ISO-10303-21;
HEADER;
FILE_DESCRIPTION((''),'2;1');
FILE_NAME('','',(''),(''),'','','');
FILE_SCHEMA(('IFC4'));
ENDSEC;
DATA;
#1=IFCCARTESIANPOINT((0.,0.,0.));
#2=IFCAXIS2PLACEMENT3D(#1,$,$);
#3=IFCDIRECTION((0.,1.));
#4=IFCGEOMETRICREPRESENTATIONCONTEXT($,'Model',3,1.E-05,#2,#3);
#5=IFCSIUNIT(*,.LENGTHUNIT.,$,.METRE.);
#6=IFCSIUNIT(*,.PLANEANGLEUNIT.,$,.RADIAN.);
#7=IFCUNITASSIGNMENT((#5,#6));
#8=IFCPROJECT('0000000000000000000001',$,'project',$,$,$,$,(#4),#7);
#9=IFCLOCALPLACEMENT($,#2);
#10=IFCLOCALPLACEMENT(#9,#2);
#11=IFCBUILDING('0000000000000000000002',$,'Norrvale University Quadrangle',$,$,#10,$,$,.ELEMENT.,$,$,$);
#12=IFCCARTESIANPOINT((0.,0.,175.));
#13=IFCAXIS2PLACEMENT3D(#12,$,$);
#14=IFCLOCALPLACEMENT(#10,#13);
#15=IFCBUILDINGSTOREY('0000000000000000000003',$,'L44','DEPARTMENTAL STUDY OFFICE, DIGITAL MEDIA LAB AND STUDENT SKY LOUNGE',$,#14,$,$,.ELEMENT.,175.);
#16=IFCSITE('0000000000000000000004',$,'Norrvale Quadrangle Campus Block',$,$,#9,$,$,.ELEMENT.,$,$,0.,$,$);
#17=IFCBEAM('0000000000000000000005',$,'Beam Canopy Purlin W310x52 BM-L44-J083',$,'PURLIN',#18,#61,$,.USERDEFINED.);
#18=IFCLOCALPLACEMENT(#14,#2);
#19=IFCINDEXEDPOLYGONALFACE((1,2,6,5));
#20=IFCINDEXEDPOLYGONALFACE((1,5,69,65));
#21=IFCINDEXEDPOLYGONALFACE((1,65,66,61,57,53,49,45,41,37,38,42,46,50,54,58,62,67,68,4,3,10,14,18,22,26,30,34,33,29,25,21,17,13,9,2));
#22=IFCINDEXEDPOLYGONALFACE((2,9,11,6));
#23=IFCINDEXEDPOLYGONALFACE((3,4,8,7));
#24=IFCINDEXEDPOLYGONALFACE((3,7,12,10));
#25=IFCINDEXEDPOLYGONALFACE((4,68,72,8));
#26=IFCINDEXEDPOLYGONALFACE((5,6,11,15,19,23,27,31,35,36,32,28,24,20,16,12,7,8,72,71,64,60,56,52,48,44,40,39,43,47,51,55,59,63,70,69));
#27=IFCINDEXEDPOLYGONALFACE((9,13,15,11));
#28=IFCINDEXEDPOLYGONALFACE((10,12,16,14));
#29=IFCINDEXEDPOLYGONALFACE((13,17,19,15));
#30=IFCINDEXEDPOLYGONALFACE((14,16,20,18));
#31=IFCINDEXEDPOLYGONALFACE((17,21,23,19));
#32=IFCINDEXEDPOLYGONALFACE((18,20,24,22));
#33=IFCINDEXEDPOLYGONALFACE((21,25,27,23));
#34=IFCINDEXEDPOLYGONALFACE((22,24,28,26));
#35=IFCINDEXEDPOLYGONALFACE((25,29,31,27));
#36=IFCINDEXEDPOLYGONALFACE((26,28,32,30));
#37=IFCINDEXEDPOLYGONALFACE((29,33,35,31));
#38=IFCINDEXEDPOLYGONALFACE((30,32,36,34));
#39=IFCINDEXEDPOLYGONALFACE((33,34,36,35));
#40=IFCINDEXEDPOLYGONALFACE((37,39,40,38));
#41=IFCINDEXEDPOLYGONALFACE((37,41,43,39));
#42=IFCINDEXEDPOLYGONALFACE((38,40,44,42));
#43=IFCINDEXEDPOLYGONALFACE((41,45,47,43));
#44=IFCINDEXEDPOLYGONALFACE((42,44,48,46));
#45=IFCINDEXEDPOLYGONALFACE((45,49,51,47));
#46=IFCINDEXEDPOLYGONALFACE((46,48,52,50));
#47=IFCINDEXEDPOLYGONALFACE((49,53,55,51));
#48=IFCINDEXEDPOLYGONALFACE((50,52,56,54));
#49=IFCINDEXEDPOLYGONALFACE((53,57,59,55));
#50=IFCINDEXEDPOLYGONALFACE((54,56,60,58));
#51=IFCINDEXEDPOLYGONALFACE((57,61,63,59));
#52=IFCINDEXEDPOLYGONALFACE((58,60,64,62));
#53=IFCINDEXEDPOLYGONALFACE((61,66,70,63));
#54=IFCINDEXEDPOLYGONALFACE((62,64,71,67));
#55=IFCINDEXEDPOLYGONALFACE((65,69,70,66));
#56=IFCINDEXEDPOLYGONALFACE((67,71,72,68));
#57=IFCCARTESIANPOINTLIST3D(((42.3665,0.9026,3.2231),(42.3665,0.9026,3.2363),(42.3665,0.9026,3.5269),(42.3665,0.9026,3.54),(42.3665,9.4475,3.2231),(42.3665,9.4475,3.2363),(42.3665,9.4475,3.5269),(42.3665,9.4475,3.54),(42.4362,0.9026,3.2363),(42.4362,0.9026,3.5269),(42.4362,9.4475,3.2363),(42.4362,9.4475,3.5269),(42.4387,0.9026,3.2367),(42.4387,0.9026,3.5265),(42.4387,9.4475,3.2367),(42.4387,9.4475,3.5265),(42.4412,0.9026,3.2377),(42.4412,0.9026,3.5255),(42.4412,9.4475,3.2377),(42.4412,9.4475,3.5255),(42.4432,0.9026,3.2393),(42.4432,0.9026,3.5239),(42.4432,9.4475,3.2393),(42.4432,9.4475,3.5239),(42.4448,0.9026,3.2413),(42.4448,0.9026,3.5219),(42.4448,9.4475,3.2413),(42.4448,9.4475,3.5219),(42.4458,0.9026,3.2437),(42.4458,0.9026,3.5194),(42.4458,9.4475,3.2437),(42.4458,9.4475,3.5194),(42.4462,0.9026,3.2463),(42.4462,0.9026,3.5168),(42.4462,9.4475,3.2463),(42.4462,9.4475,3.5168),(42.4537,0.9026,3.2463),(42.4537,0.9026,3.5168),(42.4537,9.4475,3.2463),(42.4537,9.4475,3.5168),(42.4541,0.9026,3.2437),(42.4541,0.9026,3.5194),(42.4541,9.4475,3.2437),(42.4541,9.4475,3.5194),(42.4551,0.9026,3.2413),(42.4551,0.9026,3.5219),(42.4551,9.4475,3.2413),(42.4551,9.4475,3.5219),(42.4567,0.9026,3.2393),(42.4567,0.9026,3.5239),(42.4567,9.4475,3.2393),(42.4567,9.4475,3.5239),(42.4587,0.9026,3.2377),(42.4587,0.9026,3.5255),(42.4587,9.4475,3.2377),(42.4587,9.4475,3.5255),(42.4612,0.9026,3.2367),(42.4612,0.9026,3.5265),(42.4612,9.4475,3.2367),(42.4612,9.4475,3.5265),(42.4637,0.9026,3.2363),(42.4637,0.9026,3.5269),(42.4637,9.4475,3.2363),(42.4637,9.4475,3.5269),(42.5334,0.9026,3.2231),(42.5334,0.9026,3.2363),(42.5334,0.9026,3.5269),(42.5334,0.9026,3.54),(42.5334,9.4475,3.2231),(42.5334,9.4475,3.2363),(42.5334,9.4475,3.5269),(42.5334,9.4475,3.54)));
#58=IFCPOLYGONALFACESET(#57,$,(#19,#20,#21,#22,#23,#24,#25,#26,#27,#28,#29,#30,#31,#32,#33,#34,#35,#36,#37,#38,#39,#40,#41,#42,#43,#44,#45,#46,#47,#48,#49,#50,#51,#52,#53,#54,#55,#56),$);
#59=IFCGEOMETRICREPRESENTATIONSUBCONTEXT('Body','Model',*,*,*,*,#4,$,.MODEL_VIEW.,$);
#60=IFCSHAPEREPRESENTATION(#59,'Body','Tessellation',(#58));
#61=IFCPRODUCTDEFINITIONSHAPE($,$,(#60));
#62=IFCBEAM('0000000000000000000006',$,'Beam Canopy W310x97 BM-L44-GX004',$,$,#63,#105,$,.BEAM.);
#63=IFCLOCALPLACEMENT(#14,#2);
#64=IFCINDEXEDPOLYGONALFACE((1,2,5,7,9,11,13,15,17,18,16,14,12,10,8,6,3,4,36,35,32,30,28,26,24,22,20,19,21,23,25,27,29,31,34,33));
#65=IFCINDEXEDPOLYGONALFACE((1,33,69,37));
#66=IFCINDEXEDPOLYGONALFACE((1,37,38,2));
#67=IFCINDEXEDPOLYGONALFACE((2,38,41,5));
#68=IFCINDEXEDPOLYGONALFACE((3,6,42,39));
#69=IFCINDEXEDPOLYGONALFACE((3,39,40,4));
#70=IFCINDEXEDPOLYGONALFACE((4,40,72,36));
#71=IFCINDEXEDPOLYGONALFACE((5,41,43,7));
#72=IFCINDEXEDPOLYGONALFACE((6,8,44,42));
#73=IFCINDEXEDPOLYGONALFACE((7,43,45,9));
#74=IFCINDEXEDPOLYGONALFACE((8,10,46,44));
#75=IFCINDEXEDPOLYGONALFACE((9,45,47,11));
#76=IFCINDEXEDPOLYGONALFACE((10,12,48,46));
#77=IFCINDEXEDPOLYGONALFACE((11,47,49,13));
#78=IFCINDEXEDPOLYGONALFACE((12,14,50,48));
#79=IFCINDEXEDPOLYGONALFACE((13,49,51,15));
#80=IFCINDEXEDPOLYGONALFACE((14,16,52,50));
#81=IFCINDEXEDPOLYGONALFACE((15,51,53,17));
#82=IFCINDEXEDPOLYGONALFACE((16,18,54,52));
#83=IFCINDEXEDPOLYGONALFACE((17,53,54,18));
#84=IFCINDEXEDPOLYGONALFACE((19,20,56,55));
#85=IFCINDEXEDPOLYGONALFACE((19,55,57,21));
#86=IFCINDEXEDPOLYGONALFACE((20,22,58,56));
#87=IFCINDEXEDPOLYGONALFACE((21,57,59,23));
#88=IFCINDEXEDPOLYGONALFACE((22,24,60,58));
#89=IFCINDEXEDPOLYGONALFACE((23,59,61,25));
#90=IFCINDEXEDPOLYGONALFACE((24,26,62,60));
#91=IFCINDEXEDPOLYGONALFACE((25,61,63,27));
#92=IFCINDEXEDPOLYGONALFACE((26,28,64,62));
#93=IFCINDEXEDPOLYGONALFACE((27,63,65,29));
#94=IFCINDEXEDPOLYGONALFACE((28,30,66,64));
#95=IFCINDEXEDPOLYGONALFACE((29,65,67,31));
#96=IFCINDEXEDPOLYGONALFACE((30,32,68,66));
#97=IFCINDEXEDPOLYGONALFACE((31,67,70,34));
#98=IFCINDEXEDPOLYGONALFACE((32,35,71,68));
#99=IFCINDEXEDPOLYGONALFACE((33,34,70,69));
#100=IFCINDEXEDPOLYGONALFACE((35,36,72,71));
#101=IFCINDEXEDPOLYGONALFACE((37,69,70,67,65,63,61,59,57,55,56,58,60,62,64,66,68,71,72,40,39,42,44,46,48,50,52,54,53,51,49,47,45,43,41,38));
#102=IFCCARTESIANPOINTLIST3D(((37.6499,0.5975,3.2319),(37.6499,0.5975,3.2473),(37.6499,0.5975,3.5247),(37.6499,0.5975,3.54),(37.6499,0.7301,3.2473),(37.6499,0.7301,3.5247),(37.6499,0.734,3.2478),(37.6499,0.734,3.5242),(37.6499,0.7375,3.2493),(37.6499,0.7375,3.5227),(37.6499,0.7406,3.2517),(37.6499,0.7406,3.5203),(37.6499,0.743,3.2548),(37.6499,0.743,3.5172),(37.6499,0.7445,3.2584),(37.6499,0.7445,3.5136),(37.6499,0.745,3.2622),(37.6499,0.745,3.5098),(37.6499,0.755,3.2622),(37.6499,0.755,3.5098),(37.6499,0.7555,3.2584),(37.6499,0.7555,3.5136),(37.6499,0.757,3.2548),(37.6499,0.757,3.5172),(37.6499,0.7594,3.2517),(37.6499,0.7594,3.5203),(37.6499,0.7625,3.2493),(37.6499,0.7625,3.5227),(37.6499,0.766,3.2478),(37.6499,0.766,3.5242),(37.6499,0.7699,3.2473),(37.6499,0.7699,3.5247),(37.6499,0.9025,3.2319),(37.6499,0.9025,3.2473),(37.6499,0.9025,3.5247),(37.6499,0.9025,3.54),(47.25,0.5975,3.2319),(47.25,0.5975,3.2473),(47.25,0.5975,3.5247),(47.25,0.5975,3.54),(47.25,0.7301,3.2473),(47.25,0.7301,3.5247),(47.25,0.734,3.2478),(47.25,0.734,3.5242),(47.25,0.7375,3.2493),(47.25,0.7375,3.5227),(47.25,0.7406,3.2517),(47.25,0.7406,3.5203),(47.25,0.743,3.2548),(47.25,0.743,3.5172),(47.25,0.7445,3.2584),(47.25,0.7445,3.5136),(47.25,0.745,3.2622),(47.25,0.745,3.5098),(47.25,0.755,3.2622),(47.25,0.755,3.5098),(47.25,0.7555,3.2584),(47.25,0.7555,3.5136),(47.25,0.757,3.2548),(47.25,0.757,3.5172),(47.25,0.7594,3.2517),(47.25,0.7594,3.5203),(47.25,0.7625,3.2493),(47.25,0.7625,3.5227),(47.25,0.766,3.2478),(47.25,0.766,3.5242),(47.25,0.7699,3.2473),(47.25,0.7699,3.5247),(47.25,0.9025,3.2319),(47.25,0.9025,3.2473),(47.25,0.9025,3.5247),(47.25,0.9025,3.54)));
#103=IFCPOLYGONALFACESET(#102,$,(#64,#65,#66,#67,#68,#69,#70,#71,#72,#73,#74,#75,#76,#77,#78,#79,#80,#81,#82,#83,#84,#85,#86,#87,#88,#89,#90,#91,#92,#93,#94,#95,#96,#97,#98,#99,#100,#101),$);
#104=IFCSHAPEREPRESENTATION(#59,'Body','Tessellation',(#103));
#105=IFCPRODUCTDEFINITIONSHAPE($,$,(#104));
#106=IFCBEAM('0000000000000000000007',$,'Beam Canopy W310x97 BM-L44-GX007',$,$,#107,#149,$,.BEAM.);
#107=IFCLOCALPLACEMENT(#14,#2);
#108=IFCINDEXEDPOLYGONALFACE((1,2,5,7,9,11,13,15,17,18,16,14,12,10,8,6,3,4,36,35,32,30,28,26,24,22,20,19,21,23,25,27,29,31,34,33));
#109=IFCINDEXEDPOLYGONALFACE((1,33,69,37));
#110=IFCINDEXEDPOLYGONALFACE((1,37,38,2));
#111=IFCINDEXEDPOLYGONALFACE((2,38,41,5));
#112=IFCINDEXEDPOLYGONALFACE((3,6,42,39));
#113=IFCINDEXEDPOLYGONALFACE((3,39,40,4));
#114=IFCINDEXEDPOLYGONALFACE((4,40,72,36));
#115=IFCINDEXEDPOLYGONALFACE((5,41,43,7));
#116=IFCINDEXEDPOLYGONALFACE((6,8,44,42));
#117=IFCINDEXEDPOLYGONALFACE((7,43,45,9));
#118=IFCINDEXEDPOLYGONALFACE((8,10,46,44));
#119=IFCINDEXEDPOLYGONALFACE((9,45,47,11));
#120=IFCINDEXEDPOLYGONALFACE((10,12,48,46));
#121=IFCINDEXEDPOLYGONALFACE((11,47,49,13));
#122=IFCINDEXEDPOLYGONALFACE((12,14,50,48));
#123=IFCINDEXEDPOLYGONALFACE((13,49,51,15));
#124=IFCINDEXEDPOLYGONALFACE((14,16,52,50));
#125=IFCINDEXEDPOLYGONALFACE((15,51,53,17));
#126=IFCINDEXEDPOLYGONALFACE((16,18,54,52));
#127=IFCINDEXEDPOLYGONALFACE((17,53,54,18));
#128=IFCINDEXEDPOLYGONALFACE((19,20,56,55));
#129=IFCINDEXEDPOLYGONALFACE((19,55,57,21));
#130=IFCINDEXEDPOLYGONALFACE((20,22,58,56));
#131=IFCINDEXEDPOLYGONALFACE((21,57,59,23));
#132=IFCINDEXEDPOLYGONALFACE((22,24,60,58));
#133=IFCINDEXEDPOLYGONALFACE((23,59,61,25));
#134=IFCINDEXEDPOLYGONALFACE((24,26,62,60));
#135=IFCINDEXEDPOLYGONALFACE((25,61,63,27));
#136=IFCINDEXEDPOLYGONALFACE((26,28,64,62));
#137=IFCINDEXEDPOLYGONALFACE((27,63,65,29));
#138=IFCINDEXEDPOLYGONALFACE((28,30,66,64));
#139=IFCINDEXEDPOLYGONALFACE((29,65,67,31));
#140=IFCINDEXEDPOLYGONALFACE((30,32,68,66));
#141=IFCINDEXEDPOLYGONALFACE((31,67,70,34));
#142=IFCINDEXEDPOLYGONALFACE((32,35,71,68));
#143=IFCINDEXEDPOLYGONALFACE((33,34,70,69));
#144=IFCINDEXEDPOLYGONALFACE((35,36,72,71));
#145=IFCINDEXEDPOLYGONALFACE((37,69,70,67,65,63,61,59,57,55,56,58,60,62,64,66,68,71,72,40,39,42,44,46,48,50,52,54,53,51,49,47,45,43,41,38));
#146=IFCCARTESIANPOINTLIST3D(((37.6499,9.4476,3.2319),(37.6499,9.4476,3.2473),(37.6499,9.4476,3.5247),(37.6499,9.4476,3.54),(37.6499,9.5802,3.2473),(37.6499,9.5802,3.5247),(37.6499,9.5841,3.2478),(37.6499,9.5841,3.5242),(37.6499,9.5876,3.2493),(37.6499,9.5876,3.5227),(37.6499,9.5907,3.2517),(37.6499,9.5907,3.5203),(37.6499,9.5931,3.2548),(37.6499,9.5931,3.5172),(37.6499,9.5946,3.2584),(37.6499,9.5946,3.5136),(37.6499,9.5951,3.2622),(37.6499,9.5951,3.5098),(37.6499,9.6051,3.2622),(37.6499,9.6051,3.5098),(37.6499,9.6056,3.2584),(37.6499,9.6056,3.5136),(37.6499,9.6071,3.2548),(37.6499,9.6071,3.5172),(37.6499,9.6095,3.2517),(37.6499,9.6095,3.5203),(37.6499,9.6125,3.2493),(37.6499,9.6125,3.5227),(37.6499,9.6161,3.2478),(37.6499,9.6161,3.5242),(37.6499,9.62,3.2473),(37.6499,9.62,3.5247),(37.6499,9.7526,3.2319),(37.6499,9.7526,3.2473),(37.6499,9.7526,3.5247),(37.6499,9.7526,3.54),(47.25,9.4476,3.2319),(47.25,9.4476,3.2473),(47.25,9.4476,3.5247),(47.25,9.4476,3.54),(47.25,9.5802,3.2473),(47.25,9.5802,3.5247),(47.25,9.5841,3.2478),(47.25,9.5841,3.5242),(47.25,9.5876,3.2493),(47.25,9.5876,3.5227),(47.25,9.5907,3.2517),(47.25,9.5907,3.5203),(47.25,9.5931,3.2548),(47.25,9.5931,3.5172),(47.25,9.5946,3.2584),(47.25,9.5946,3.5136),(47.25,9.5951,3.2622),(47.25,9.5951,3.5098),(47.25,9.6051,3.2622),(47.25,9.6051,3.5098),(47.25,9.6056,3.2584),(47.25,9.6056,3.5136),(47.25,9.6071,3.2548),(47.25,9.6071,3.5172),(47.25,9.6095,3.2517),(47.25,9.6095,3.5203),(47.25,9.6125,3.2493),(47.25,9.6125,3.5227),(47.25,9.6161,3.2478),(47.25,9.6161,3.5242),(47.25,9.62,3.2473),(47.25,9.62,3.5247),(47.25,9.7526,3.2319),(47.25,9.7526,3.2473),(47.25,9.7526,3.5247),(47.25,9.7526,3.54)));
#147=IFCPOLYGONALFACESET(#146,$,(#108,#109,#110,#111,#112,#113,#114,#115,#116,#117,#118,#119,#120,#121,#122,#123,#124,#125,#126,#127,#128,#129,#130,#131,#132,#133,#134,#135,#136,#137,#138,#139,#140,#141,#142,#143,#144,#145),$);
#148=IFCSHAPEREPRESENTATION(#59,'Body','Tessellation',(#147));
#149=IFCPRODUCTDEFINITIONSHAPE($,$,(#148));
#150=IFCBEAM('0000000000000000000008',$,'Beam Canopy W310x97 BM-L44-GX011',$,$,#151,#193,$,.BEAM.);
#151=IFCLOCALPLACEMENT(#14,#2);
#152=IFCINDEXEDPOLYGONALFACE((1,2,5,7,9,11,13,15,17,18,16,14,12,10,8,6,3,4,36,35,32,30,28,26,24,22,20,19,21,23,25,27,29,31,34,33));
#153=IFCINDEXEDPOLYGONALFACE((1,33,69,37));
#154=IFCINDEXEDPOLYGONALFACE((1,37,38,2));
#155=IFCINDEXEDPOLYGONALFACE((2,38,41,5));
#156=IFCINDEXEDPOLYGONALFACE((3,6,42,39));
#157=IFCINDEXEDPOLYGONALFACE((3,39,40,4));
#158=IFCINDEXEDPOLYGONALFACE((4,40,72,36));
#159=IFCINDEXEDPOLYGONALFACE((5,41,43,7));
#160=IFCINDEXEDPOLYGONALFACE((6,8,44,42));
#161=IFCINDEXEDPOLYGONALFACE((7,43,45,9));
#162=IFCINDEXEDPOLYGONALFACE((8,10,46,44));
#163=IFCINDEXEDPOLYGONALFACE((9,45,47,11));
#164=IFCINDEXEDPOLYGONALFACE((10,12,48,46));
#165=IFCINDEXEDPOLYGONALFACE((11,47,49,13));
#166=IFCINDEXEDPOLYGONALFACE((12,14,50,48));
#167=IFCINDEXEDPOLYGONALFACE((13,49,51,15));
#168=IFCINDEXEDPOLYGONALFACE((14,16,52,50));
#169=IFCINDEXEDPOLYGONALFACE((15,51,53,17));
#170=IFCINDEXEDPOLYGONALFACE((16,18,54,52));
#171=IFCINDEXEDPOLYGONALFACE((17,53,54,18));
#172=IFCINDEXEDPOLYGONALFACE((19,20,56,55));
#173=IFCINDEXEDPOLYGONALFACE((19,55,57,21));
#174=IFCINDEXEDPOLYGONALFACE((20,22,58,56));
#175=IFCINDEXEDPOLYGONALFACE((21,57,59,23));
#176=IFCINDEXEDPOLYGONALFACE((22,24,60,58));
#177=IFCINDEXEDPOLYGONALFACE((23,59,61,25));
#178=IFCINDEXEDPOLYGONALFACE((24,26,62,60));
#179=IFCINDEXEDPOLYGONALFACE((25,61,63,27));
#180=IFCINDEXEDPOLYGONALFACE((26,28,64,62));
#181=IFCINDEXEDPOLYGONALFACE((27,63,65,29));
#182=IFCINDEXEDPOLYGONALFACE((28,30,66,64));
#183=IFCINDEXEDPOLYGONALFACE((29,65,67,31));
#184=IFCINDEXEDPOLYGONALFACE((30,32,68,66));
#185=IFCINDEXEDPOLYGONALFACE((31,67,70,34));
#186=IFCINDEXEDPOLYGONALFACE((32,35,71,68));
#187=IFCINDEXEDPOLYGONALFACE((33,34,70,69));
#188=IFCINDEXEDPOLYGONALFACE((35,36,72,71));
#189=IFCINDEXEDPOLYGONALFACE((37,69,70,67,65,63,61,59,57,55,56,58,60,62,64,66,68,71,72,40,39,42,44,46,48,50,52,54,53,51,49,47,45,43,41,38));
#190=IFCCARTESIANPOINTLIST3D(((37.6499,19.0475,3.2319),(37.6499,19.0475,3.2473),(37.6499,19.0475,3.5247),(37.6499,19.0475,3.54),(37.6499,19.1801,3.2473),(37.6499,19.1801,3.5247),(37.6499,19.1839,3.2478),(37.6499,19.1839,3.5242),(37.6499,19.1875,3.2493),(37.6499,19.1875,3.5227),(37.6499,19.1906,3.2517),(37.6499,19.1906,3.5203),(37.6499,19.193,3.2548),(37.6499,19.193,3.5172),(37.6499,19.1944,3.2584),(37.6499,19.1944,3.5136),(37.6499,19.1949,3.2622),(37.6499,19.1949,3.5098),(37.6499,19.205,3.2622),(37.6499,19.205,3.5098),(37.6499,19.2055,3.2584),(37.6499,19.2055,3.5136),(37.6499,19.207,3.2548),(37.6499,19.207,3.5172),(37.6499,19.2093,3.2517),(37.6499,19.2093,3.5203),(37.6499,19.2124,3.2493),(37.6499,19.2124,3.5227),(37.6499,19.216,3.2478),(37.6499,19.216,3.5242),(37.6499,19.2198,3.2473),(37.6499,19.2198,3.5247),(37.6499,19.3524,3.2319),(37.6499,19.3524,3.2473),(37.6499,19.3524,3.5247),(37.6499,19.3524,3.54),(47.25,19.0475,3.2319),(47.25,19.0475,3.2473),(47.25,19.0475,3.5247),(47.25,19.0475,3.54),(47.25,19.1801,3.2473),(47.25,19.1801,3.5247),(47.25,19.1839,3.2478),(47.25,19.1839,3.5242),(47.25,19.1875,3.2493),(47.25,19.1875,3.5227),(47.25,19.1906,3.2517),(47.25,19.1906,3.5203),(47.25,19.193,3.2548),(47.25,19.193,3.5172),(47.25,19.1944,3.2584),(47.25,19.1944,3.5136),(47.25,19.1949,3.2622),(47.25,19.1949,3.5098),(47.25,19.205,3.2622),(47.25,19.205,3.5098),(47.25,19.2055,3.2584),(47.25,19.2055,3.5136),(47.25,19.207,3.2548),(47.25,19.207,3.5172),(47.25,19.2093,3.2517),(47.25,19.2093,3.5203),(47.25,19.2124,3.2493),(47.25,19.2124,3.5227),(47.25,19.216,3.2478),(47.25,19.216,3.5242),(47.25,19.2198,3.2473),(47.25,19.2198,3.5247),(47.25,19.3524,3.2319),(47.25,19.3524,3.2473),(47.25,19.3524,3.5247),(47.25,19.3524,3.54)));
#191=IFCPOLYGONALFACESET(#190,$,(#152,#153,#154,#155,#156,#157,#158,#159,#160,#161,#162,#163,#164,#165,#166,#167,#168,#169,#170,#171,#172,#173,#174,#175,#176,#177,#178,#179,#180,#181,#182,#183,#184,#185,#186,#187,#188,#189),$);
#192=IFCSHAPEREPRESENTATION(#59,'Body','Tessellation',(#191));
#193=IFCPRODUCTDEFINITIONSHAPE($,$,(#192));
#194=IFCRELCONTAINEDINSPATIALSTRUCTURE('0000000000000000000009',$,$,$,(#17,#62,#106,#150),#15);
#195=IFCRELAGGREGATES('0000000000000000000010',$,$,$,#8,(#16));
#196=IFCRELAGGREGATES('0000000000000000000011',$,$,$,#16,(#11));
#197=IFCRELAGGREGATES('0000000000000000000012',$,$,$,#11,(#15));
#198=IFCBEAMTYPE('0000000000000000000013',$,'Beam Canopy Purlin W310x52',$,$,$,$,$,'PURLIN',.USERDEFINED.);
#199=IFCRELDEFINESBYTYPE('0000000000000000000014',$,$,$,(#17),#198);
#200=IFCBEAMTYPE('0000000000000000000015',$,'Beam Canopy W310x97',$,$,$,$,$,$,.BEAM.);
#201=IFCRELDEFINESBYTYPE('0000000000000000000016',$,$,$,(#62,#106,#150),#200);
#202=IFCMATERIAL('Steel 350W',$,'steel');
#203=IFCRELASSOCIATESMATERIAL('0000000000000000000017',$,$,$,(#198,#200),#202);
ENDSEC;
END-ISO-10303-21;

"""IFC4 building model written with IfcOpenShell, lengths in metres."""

from ifc_helpers import new_model, si_unit, direction, frame, origin, origin_2d, place, context, subcontext, project, spatial, i_section, extrude, material, material_profile, profile_set, type_object, element, save


model = new_model("IFC4")

# Units and contexts
model_context = context("Model", 3, precision=1e-05, world=origin(), true_north=direction((0.0, 1.0)))
body_context = subcontext(model_context, "Body", "Model", "MODEL_VIEW")
ifc_project = project(units=[si_unit("LENGTHUNIT", "METRE"), si_unit("PLANEANGLEUNIT", "RADIAN")], contexts=[model_context])

# Site, building, storey
site_placement = place(None, origin())
site = spatial("IfcSite", under=ifc_project, at=site_placement, Name="Norrvale Quadrangle Campus Block", CompositionType="ELEMENT", RefElevation=0.0)
building_placement = place(site_placement, origin())
building = spatial("IfcBuilding", under=site, at=building_placement, Name="Norrvale University Quadrangle", CompositionType="ELEMENT")
storey_placement = place(building_placement, frame((0.0, 0.0, 175.0)))
storey = spatial("IfcBuildingStorey", under=building, at=storey_placement, Name="L44", Description="DEPARTMENTAL STUDY OFFICE, DIGITAL MEDIA LAB AND STUDENT SKY LOUNGE", CompositionType="ELEMENT", Elevation=175.0)

# Beams
ifc_material_1 = material(Name="Steel 350W", Category="steel")
ifc_material_profile_1 = material_profile(ifc_material_1, i_section(OverallWidth=0.167, OverallDepth=0.3169, WebThickness=0.0076, FlangeThickness=0.0132, FilletRadius=0.01, at=origin_2d()), Name="Steel 350W")
ifc_profile_set_1 = profile_set([ifc_material_profile_1], Name="Steel 350W")
beam_type_1 = type_object("IfcBeamType", Name="Beam Canopy Purlin W310x52", ElementType="PURLIN", PredefinedType="USERDEFINED", material=ifc_profile_set_1)
beam_1_placement = place(storey_placement, frame((42.45, 0.9026, 3.3816), z_axis=(0.0, 1.0, 0.0), x_axis=(-1.0, 0.0, 0.0)))
element("IfcBeam", 1, at=beam_1_placement, inside=storey, type_object=beam_type_1, Name="Beam Canopy Purlin W310x52 BM-L44-J083", ObjectType="PURLIN", PredefinedType="USERDEFINED", context=body_context, shape_type="SweptSolid", body=[
    extrude(i_section(OverallWidth=0.167, OverallDepth=0.3169, WebThickness=0.0076, FlangeThickness=0.0132, FilletRadius=0.01, at=origin_2d()), origin(), (0.0, 0.0, 1.0), 8.5449),
])
ifc_material_profile_2 = material_profile(ifc_material_1, i_section(OverallWidth=0.3049, OverallDepth=0.3081, WebThickness=0.01, FlangeThickness=0.0154, FilletRadius=0.0149, at=origin_2d()), Name="Steel 350W")
ifc_profile_set_2 = profile_set([ifc_material_profile_2], Name="Steel 350W")
beam_type_2 = type_object("IfcBeamType", Name="Beam Canopy W310x97", PredefinedType="BEAM", material=ifc_profile_set_2)
for number, where, z_axis, x_axis, name in (
    (2, (37.6499, 0.75, 3.386), (1.0, 0.0, 0.0), (0.0, 1.0, 0.0), "Beam Canopy W310x97 BM-L44-GX004"),
    (3, (37.6499, 9.6001, 3.386), (1.0, 0.0, 0.0), (0.0, 1.0, 0.0), "Beam Canopy W310x97 BM-L44-GX007"),
    (4, (37.6499, 19.2, 3.386), (1.0, 0.0, 0.0), (0.0, 1.0, 0.0), "Beam Canopy W310x97 BM-L44-GX011"),
):
    element("IfcBeam", number, at=place(storey_placement, frame(where, z_axis=z_axis, x_axis=x_axis)), inside=storey, type_object=beam_type_2, Name=name, PredefinedType="BEAM", context=body_context, shape_type="SweptSolid", body=[
        extrude(i_section(OverallWidth=0.3049, OverallDepth=0.3081, WebThickness=0.01, FlangeThickness=0.0154, FilletRadius=0.0149, at=origin_2d()), origin(), (0.0, 0.0, 1.0), 9.6001),
    ])

save(model, "model.ifc")
